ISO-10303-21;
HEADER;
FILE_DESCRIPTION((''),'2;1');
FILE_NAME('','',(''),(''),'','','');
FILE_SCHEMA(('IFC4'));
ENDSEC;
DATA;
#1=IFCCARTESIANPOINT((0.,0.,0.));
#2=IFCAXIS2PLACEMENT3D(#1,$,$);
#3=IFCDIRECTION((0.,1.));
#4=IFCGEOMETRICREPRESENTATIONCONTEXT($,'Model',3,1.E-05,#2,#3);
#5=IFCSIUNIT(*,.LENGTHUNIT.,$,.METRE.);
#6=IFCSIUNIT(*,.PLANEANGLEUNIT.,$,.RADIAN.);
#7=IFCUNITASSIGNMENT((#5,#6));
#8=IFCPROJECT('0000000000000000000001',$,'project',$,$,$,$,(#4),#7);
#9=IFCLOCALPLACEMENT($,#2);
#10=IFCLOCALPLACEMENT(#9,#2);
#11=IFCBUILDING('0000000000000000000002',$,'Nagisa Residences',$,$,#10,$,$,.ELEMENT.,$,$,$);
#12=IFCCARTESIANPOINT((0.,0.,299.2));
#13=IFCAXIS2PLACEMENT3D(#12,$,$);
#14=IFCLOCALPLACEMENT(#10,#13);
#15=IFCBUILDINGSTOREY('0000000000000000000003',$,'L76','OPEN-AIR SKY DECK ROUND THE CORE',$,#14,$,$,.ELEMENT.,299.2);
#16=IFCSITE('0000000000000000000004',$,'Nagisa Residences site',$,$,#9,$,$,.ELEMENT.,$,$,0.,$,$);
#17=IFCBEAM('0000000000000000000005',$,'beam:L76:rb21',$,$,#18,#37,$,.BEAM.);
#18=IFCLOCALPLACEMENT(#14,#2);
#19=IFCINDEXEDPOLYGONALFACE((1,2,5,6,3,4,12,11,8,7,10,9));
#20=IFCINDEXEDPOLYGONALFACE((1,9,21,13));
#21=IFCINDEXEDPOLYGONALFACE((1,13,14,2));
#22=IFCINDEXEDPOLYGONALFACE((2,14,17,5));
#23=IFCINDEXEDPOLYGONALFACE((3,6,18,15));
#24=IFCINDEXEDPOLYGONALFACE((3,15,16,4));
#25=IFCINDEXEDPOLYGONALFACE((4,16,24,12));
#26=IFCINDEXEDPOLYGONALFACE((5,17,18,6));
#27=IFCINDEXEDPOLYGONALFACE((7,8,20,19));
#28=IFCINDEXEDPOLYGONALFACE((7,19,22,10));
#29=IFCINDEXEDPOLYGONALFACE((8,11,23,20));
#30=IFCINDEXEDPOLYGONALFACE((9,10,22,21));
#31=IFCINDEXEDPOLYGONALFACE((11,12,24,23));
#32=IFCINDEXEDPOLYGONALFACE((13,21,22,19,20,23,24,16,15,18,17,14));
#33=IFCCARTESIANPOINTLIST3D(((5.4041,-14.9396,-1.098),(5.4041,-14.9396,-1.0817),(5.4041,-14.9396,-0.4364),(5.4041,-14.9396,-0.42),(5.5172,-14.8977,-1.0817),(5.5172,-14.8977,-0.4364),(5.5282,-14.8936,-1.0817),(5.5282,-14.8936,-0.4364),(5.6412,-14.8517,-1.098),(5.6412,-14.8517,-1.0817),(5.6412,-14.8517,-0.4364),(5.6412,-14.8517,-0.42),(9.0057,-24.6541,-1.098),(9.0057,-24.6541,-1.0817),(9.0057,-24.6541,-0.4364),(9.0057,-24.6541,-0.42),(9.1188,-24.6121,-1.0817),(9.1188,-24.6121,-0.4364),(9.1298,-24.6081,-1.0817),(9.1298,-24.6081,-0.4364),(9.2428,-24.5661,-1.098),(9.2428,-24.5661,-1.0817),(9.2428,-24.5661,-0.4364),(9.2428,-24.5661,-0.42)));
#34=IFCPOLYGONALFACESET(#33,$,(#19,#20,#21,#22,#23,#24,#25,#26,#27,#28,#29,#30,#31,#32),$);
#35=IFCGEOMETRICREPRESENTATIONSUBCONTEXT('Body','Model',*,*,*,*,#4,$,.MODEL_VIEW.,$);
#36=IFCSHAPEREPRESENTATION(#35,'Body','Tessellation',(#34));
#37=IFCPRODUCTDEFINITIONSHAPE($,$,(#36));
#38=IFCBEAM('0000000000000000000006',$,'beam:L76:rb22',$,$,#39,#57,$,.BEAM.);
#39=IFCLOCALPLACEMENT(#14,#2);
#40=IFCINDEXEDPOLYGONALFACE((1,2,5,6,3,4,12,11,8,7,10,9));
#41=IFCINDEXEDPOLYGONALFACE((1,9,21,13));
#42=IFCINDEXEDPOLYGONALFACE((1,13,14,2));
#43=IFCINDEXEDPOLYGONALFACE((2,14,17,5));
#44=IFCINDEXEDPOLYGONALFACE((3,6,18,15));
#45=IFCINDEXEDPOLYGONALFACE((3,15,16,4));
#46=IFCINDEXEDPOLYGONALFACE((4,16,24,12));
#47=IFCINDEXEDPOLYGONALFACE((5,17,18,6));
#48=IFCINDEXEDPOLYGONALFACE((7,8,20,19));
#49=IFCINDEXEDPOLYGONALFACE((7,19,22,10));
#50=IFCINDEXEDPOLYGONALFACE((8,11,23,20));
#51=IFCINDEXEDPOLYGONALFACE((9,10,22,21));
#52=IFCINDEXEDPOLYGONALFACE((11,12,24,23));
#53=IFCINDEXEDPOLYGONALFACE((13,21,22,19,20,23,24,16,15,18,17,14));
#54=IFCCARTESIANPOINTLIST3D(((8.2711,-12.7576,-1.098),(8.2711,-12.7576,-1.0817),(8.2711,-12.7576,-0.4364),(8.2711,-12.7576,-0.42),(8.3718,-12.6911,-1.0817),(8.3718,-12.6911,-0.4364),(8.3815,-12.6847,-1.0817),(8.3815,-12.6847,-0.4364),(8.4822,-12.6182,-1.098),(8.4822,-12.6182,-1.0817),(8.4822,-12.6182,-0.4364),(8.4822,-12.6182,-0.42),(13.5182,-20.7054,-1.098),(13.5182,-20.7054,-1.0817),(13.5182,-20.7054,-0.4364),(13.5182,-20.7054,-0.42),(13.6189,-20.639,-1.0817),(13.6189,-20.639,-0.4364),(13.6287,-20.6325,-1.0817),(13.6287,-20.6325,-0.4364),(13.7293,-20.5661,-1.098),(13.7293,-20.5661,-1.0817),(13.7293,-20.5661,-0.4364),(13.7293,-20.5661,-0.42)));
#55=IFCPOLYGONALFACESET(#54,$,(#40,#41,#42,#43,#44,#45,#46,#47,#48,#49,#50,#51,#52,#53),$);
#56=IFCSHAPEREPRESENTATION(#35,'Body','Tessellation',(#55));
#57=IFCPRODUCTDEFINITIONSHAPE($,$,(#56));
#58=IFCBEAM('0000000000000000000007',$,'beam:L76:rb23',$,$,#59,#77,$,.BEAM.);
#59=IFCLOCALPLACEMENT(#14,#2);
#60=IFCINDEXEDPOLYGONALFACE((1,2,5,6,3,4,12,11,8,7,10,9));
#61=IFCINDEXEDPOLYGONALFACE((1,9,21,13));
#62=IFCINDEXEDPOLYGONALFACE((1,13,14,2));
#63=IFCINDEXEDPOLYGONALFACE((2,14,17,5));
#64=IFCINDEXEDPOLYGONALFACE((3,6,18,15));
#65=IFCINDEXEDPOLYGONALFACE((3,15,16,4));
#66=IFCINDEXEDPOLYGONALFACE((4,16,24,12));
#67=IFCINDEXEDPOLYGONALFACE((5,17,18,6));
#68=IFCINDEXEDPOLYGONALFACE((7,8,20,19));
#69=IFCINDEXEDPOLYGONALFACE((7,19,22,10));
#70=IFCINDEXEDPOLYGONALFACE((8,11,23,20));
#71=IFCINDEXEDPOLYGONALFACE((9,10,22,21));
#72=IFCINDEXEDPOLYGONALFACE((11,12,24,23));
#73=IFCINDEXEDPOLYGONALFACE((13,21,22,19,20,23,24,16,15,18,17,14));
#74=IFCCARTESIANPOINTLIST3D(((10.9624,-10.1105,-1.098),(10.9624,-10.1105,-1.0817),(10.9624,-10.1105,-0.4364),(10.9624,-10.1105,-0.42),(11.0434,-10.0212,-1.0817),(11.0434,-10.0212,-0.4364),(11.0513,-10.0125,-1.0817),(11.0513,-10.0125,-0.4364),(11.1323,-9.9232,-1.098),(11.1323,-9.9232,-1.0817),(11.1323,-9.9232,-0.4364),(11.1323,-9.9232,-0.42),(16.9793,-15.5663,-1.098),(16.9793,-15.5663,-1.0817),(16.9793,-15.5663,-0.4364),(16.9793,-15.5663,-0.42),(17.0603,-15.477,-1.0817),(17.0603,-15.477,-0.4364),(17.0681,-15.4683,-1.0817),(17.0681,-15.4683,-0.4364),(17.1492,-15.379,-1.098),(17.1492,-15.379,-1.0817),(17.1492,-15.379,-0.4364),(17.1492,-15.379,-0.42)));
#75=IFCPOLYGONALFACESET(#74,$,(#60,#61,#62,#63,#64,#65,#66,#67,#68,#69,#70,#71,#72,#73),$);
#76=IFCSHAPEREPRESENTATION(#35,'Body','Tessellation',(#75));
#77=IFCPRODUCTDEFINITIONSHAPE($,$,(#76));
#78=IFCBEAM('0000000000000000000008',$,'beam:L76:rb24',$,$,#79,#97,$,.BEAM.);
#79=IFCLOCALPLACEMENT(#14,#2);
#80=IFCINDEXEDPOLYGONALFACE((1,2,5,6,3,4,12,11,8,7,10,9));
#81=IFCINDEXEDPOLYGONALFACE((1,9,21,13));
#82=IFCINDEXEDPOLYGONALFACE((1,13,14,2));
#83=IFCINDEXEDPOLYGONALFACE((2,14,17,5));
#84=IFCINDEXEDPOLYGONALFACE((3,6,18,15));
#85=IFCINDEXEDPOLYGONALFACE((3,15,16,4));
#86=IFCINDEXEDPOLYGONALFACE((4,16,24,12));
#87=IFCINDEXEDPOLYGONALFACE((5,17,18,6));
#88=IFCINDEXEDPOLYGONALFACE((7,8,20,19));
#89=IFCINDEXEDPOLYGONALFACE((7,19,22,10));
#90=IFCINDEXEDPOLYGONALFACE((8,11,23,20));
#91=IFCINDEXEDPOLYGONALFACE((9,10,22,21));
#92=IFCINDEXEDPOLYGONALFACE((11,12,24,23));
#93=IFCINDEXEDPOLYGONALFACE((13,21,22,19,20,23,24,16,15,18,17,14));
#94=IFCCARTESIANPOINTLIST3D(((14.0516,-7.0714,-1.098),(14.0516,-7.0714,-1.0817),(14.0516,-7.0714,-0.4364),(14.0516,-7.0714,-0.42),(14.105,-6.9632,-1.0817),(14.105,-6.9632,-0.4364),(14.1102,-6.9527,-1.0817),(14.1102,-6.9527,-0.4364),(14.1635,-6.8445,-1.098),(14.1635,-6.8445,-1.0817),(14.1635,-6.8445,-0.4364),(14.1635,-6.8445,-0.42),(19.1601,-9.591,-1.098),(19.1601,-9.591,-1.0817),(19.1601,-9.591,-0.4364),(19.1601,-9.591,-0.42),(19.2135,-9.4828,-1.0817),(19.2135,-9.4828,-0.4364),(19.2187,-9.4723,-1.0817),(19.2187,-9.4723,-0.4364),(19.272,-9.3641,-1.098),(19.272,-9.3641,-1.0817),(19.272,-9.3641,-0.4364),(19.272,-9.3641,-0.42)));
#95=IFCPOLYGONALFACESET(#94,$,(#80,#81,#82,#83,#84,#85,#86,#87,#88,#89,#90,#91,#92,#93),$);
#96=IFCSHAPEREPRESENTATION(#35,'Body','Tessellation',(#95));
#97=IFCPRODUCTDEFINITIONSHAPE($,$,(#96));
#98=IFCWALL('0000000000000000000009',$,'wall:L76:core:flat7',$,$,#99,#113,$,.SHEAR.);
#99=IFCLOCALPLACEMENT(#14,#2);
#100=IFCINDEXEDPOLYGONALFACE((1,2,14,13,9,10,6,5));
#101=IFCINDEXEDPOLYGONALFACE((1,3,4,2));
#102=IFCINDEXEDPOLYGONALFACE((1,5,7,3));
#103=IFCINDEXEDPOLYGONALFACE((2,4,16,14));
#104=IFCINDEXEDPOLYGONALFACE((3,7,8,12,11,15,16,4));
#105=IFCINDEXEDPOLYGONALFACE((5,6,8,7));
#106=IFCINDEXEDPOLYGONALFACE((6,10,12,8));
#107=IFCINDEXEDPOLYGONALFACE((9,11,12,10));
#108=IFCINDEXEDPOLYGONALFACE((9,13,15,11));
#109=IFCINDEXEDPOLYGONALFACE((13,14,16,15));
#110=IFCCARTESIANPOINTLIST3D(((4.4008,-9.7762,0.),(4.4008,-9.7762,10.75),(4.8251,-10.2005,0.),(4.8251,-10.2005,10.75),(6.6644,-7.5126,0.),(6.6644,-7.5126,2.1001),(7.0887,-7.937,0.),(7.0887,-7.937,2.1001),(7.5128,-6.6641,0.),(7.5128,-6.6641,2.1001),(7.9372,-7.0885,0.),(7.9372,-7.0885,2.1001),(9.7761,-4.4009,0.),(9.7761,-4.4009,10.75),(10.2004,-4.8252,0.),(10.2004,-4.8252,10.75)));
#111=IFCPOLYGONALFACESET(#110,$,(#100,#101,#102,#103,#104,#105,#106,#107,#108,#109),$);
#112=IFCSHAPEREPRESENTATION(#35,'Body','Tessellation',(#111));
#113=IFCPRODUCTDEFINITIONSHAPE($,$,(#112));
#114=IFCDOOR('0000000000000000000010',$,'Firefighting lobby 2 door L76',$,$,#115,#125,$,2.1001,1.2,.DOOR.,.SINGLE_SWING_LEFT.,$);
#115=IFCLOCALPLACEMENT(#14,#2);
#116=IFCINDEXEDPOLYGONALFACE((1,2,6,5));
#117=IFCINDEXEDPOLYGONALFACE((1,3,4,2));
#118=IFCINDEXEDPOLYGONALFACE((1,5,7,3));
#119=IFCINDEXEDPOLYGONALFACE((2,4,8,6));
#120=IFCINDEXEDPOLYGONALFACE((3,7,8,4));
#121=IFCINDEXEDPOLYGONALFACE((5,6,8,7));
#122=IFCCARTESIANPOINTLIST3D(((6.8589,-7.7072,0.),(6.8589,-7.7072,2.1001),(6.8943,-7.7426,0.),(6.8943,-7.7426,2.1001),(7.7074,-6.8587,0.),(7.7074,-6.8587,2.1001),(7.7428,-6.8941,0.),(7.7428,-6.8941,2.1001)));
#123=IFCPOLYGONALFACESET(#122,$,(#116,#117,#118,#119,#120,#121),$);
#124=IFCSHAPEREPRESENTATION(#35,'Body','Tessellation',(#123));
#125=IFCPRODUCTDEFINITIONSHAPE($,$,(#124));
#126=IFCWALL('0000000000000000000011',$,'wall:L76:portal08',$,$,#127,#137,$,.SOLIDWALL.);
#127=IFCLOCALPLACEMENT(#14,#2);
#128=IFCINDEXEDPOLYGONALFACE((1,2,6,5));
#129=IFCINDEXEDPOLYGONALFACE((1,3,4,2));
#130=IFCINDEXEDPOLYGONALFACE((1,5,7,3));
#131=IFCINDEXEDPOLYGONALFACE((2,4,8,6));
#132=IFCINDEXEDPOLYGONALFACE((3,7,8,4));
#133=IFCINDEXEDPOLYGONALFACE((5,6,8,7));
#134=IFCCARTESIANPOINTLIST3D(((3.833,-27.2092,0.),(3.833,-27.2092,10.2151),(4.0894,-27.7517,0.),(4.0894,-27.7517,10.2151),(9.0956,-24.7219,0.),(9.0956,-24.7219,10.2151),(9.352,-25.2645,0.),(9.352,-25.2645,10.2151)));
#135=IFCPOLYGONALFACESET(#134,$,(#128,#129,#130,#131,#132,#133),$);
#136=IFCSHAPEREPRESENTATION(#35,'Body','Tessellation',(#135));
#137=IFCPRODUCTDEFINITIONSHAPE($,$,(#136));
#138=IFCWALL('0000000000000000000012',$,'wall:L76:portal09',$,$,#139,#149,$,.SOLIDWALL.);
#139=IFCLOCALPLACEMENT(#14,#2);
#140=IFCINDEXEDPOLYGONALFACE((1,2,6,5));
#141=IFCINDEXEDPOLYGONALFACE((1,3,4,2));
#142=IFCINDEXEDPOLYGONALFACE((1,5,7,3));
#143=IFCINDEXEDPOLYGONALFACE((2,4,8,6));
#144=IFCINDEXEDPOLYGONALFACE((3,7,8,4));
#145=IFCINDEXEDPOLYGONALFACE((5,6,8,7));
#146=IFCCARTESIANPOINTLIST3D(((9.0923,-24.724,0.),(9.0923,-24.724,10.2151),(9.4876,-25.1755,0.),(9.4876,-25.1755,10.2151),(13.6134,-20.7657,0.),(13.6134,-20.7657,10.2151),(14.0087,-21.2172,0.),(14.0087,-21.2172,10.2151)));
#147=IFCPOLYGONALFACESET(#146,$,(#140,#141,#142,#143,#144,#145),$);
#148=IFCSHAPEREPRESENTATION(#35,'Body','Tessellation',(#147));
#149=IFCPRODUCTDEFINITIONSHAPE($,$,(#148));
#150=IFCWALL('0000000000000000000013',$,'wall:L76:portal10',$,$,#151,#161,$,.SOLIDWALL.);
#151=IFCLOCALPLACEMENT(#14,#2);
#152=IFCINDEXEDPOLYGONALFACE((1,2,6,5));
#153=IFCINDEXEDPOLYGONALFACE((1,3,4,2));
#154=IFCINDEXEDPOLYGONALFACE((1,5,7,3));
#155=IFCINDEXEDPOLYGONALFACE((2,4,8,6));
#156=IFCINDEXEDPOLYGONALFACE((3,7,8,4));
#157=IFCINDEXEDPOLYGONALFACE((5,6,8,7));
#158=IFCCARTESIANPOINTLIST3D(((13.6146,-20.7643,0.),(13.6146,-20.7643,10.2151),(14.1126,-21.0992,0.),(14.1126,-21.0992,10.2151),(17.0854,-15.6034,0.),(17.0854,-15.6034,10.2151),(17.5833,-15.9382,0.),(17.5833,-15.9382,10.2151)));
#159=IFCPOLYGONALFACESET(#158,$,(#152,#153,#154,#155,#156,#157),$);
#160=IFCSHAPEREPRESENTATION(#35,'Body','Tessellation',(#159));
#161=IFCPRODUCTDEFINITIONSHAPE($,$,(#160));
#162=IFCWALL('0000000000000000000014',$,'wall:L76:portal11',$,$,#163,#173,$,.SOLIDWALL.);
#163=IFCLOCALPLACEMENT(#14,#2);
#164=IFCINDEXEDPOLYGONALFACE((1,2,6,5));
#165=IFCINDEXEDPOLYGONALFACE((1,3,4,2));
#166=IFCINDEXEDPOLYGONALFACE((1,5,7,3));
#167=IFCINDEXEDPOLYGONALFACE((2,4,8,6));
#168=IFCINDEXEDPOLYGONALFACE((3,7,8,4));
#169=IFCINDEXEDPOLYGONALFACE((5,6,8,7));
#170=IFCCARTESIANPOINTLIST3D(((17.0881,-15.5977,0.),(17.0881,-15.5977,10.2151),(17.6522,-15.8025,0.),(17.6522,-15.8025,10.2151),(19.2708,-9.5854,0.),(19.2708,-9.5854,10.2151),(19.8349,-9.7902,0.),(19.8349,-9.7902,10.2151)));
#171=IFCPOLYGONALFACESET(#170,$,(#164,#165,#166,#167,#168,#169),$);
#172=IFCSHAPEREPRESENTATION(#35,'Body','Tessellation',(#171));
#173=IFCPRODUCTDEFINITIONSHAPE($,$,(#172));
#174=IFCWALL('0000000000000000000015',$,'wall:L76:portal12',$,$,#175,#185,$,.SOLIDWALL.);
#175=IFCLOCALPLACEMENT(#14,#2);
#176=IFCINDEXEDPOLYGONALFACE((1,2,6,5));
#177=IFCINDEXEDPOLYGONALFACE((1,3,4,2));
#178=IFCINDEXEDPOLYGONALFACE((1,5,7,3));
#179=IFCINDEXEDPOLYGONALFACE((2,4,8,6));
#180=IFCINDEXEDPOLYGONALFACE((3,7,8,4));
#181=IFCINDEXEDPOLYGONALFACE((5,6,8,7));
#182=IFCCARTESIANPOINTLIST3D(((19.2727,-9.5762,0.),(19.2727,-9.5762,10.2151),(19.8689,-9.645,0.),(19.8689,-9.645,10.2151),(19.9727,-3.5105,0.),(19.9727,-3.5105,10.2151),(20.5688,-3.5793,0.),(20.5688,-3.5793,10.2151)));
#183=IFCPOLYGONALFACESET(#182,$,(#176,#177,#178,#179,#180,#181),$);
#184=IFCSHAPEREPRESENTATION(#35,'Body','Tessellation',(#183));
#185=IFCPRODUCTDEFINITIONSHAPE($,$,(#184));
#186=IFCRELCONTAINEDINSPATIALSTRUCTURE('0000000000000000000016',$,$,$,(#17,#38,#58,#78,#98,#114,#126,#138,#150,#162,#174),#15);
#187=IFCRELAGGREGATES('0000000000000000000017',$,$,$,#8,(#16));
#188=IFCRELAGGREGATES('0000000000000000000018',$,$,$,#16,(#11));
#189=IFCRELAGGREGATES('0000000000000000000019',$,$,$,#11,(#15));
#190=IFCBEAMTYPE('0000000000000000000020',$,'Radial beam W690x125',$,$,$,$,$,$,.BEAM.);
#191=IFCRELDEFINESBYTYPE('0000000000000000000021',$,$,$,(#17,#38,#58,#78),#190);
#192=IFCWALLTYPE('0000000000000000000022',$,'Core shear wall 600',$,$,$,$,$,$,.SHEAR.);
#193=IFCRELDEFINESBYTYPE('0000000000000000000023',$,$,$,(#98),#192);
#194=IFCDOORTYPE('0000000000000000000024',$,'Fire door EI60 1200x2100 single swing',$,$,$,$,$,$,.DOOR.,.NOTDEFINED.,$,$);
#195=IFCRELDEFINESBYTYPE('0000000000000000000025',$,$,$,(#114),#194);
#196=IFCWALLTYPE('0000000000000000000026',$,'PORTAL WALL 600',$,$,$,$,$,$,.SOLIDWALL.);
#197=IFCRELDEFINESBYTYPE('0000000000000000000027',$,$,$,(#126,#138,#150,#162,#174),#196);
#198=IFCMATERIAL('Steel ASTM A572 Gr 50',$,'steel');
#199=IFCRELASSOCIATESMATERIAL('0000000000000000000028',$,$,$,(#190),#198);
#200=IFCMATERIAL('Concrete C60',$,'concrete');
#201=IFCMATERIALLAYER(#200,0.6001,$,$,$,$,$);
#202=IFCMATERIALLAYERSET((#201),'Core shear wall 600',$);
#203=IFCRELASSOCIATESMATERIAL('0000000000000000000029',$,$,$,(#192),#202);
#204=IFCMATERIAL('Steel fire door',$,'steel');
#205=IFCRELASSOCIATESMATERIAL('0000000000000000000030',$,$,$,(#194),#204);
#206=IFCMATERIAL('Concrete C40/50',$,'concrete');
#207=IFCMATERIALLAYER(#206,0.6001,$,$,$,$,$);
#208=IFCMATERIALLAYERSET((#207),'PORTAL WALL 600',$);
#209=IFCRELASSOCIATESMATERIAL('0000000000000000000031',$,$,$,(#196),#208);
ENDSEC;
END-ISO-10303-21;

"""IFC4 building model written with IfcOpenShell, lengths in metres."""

from ifc_helpers import new_model, si_unit, direction, frame, frame_2d, origin, origin_2d, place, context, subcontext, project, spatial, rectangle, i_section, extrude, material, layer, layer_set, material_profile, profile_set, type_object, element, fill, save


model = new_model("IFC4")

# Units and contexts
model_context = context("Model", 3, precision=1e-05, world=origin(), true_north=direction((0.0, 1.0)))
body_context = subcontext(model_context, "Body", "Model", "MODEL_VIEW")
ifc_project = project(units=[si_unit("LENGTHUNIT", "METRE"), si_unit("PLANEANGLEUNIT", "RADIAN")], contexts=[model_context])

# Site, building, storey
site_placement = place(None, origin())
site = spatial("IfcSite", under=ifc_project, at=site_placement, Name="Nagisa Residences site", CompositionType="ELEMENT", RefElevation=0.0)
building_placement = place(site_placement, origin())
building = spatial("IfcBuilding", under=site, at=building_placement, Name="Nagisa Residences", CompositionType="ELEMENT")
storey_placement = place(building_placement, frame((0.0, 0.0, 299.2)))
storey = spatial("IfcBuildingStorey", under=building, at=storey_placement, Name="L76", Description="OPEN-AIR SKY DECK ROUND THE CORE", CompositionType="ELEMENT", Elevation=299.2)

# Beams
ifc_material_1 = material(Name="Steel ASTM A572 Gr 50", Category="steel")
ifc_material_profile_1 = material_profile(ifc_material_1, i_section(OverallWidth=0.2529, OverallDepth=0.678, WebThickness=0.0117, FlangeThickness=0.0164, at=origin_2d()), Name="W690x125")
ifc_profile_set_1 = profile_set([ifc_material_profile_1], Name="Steel ASTM A572 Gr 50")
beam_type_1 = type_object("IfcBeamType", Name="Radial beam W690x125", PredefinedType="BEAM", material=ifc_profile_set_1)
beam_1_placement = place(storey_placement, frame((9.1243, -24.6101, -0.759), z_axis=(-0.347624, 0.937634, 0.0), x_axis=(-0.937634, -0.347624, 0.0)))
element("IfcBeam", 1, at=beam_1_placement, inside=storey, type_object=beam_type_1, Name="beam:L76:rb21", PredefinedType="BEAM", context=body_context, shape_type="SweptSolid", body=[
    extrude(i_section(OverallWidth=0.2529, OverallDepth=0.678, WebThickness=0.0117, FlangeThickness=0.0164, at=origin_2d()), origin(), (0.0, 0.0, 1.0), 10.3606),
])
beam_2_placement = place(storey_placement, frame((13.6238, -20.6357, -0.759), z_axis=(-0.550956, 0.834534, 0.0), x_axis=(-0.834534, -0.550956, 0.0)))
element("IfcBeam", 2, at=beam_2_placement, inside=storey, type_object=beam_type_1, Name="beam:L76:rb22", PredefinedType="BEAM", context=body_context, shape_type="SweptSolid", body=[
    extrude(i_section(OverallWidth=0.2529, OverallDepth=0.678, WebThickness=0.0117, FlangeThickness=0.0164, at=origin_2d()), origin(), (0.0, 0.0, 1.0), 9.5237),
])
beam_3_placement = place(storey_placement, frame((17.0642, -15.4727, -0.759), z_axis=(-0.7408, 0.671725, 0.0), x_axis=(-0.671725, -0.7408, 0.0)))
element("IfcBeam", 3, at=beam_3_placement, inside=storey, type_object=beam_type_1, Name="beam:L76:rb23", PredefinedType="BEAM", context=body_context, shape_type="SweptSolid", body=[
    extrude(i_section(OverallWidth=0.2529, OverallDepth=0.678, WebThickness=0.0117, FlangeThickness=0.0164, at=origin_2d()), origin(), (0.0, 0.0, 1.0), 8.1221),
])
beam_4_placement = place(storey_placement, frame((19.2161, -9.4775, -0.759), z_axis=(-0.896849, 0.442338, 0.0), x_axis=(-0.442338, -0.896849, 0.0)))
element("IfcBeam", 4, at=beam_4_placement, inside=storey, type_object=beam_type_1, Name="beam:L76:rb24", PredefinedType="BEAM", context=body_context, shape_type="SweptSolid", body=[
    extrude(i_section(OverallWidth=0.2529, OverallDepth=0.678, WebThickness=0.0117, FlangeThickness=0.0164, at=origin_2d()), origin(), (0.0, 0.0, 1.0), 5.696),
])

# Wall, opening, door
ifc_material_2 = material(Name="Concrete C60", Category="concrete")
ifc_layer_1 = layer(ifc_material_2, 0.6001)
ifc_layer_set_1 = layer_set([ifc_layer_1], Name="Core shear wall 600")
wall_type_1 = type_object("IfcWallType", Name="Core shear wall 600", PredefinedType="SHEAR", material=ifc_layer_set_1)
wall_1_placement = place(storey_placement, frame((4.613, -9.9883, 0.0), z_axis=(0.0, 0.0, 1.0), x_axis=(0.707107, 0.707107, 0.0)))
wall_1 = element("IfcWall", 5, at=wall_1_placement, inside=storey, type_object=wall_type_1, Name="wall:L76:core:flat7", PredefinedType="SHEAR", context=body_context, shape_type="SweptSolid", body=[
    extrude(rectangle(XDim=7.6018, YDim=0.6001, at=frame_2d((3.8008, 0.0))), origin(), (0.0, 0.0, 1.0), 10.75),
])
opening_1_placement = place(wall_1_placement, frame((3.2009, 0.0, 0.0)))
opening_1 = element("IfcOpeningElement", 6, at=opening_1_placement, cuts=wall_1, PredefinedType="OPENING", context=body_context, shape_type="SweptSolid", body=[
    extrude(rectangle(XDim=1.2, YDim=2.1001, at=frame_2d((0.6001, 1.05))), frame((0.0, 0.3101, 0.0), z_axis=(0.0, -1.0, 0.0), x_axis=(1.0, 0.0, 0.0)), (0.0, 0.0, 1.0), 0.6201),
])
ifc_material_3 = material(Name="Steel fire door", Category="steel")
door_type_1 = type_object("IfcDoorType", Name="Fire door EI60 1200x2100 single swing", OperationType="NOTDEFINED", PredefinedType="DOOR", material=ifc_material_3)
door_1_placement = place(opening_1_placement, origin())
door_1 = element("IfcDoor", 7, at=door_1_placement, inside=storey, type_object=door_type_1, Name="Firefighting lobby 2 door L76", OperationType="SINGLE_SWING_LEFT", OverallHeight=2.1001, OverallWidth=1.2, PredefinedType="DOOR", context=body_context, shape_type="SweptSolid", body=[
    extrude(rectangle(XDim=1.2, YDim=2.1001, at=frame_2d((0.6001, 1.05))), frame((0.0, 0.0249, 0.0), z_axis=(0.0, -1.0, 0.0), x_axis=(1.0, 0.0, 0.0)), (0.0, 0.0, 1.0), 0.05),
])
fill(opening_1, door_1)

# Walls
ifc_material_4 = material(Name="Concrete C40/50", Category="concrete")
ifc_layer_2 = layer(ifc_material_4, 0.6001)
ifc_layer_set_2 = layer_set([ifc_layer_2], Name="PORTAL WALL 600")
wall_type_2 = type_object("IfcWallType", Name="PORTAL WALL 600", PredefinedType="SOLIDWALL", material=ifc_layer_set_2)
wall_2_placement = place(storey_placement, frame((3.9612, -27.4805, 0.0), z_axis=(0.0, 0.0, 1.0), x_axis=(0.904106, 0.427307, 0.0)))
element("IfcWall", 8, at=wall_2_placement, inside=storey, type_object=wall_type_2, Name="wall:L76:portal08", PredefinedType="SOLIDWALL", context=body_context, shape_type="SweptSolid", body=[
    extrude(rectangle(XDim=5.8208, YDim=0.6001, at=frame_2d((2.9104, 0.0))), origin(), (0.0, 0.0, 1.0), 10.2151),
])
wall_3_placement = place(storey_placement, frame((9.29, -24.9497, 0.0), z_axis=(0.0, 0.0, 1.0), x_axis=(0.75238, 0.658729, 0.0)))
element("IfcWall", 9, at=wall_3_placement, inside=storey, type_object=wall_type_2, Name="wall:L76:portal09", PredefinedType="SOLIDWALL", context=body_context, shape_type="SweptSolid", body=[
    extrude(rectangle(XDim=6.009, YDim=0.6001, at=frame_2d((3.0044, 0.0))), origin(), (0.0, 0.0, 1.0), 10.2151),
])
wall_4_placement = place(storey_placement, frame((13.8635, -20.9319, 0.0), z_axis=(0.0, 0.0, 1.0), x_axis=(0.558047, 0.829809, 0.0)))
element("IfcWall", 10, at=wall_4_placement, inside=storey, type_object=wall_type_2, Name="wall:L76:portal10", PredefinedType="SOLIDWALL", context=body_context, shape_type="SweptSolid", body=[
    extrude(rectangle(XDim=6.2195, YDim=0.6001, at=frame_2d((3.1099, 0.0))), origin(), (0.0, 0.0, 1.0), 10.2151),
])
wall_5_placement = place(storey_placement, frame((17.3701, -15.7002, 0.0), z_axis=(0.0, 0.0, 1.0), x_axis=(0.34124, 0.939976, 0.0)))
element("IfcWall", 11, at=wall_5_placement, inside=storey, type_object=wall_type_2, Name="wall:L76:portal11", PredefinedType="SOLIDWALL", context=body_context, shape_type="SweptSolid", body=[
    extrude(rectangle(XDim=6.3962, YDim=0.6001, at=frame_2d((3.1982, 0.0))), origin(), (0.0, 0.0, 1.0), 10.2151),
])
wall_6_placement = place(storey_placement, frame((19.5708, -9.6106, 0.0), z_axis=(0.0, 0.0, 1.0), x_axis=(0.114635, 0.993408, 0.0)))
element("IfcWall", 12, at=wall_6_placement, inside=storey, type_object=wall_type_2, Name="wall:L76:portal12", PredefinedType="SOLIDWALL", context=body_context, shape_type="SweptSolid", body=[
    extrude(rectangle(XDim=6.106, YDim=0.6001, at=frame_2d((3.053, 0.0))), origin(), (0.0, 0.0, 1.0), 10.2151),
])

save(model, "model.ifc")
